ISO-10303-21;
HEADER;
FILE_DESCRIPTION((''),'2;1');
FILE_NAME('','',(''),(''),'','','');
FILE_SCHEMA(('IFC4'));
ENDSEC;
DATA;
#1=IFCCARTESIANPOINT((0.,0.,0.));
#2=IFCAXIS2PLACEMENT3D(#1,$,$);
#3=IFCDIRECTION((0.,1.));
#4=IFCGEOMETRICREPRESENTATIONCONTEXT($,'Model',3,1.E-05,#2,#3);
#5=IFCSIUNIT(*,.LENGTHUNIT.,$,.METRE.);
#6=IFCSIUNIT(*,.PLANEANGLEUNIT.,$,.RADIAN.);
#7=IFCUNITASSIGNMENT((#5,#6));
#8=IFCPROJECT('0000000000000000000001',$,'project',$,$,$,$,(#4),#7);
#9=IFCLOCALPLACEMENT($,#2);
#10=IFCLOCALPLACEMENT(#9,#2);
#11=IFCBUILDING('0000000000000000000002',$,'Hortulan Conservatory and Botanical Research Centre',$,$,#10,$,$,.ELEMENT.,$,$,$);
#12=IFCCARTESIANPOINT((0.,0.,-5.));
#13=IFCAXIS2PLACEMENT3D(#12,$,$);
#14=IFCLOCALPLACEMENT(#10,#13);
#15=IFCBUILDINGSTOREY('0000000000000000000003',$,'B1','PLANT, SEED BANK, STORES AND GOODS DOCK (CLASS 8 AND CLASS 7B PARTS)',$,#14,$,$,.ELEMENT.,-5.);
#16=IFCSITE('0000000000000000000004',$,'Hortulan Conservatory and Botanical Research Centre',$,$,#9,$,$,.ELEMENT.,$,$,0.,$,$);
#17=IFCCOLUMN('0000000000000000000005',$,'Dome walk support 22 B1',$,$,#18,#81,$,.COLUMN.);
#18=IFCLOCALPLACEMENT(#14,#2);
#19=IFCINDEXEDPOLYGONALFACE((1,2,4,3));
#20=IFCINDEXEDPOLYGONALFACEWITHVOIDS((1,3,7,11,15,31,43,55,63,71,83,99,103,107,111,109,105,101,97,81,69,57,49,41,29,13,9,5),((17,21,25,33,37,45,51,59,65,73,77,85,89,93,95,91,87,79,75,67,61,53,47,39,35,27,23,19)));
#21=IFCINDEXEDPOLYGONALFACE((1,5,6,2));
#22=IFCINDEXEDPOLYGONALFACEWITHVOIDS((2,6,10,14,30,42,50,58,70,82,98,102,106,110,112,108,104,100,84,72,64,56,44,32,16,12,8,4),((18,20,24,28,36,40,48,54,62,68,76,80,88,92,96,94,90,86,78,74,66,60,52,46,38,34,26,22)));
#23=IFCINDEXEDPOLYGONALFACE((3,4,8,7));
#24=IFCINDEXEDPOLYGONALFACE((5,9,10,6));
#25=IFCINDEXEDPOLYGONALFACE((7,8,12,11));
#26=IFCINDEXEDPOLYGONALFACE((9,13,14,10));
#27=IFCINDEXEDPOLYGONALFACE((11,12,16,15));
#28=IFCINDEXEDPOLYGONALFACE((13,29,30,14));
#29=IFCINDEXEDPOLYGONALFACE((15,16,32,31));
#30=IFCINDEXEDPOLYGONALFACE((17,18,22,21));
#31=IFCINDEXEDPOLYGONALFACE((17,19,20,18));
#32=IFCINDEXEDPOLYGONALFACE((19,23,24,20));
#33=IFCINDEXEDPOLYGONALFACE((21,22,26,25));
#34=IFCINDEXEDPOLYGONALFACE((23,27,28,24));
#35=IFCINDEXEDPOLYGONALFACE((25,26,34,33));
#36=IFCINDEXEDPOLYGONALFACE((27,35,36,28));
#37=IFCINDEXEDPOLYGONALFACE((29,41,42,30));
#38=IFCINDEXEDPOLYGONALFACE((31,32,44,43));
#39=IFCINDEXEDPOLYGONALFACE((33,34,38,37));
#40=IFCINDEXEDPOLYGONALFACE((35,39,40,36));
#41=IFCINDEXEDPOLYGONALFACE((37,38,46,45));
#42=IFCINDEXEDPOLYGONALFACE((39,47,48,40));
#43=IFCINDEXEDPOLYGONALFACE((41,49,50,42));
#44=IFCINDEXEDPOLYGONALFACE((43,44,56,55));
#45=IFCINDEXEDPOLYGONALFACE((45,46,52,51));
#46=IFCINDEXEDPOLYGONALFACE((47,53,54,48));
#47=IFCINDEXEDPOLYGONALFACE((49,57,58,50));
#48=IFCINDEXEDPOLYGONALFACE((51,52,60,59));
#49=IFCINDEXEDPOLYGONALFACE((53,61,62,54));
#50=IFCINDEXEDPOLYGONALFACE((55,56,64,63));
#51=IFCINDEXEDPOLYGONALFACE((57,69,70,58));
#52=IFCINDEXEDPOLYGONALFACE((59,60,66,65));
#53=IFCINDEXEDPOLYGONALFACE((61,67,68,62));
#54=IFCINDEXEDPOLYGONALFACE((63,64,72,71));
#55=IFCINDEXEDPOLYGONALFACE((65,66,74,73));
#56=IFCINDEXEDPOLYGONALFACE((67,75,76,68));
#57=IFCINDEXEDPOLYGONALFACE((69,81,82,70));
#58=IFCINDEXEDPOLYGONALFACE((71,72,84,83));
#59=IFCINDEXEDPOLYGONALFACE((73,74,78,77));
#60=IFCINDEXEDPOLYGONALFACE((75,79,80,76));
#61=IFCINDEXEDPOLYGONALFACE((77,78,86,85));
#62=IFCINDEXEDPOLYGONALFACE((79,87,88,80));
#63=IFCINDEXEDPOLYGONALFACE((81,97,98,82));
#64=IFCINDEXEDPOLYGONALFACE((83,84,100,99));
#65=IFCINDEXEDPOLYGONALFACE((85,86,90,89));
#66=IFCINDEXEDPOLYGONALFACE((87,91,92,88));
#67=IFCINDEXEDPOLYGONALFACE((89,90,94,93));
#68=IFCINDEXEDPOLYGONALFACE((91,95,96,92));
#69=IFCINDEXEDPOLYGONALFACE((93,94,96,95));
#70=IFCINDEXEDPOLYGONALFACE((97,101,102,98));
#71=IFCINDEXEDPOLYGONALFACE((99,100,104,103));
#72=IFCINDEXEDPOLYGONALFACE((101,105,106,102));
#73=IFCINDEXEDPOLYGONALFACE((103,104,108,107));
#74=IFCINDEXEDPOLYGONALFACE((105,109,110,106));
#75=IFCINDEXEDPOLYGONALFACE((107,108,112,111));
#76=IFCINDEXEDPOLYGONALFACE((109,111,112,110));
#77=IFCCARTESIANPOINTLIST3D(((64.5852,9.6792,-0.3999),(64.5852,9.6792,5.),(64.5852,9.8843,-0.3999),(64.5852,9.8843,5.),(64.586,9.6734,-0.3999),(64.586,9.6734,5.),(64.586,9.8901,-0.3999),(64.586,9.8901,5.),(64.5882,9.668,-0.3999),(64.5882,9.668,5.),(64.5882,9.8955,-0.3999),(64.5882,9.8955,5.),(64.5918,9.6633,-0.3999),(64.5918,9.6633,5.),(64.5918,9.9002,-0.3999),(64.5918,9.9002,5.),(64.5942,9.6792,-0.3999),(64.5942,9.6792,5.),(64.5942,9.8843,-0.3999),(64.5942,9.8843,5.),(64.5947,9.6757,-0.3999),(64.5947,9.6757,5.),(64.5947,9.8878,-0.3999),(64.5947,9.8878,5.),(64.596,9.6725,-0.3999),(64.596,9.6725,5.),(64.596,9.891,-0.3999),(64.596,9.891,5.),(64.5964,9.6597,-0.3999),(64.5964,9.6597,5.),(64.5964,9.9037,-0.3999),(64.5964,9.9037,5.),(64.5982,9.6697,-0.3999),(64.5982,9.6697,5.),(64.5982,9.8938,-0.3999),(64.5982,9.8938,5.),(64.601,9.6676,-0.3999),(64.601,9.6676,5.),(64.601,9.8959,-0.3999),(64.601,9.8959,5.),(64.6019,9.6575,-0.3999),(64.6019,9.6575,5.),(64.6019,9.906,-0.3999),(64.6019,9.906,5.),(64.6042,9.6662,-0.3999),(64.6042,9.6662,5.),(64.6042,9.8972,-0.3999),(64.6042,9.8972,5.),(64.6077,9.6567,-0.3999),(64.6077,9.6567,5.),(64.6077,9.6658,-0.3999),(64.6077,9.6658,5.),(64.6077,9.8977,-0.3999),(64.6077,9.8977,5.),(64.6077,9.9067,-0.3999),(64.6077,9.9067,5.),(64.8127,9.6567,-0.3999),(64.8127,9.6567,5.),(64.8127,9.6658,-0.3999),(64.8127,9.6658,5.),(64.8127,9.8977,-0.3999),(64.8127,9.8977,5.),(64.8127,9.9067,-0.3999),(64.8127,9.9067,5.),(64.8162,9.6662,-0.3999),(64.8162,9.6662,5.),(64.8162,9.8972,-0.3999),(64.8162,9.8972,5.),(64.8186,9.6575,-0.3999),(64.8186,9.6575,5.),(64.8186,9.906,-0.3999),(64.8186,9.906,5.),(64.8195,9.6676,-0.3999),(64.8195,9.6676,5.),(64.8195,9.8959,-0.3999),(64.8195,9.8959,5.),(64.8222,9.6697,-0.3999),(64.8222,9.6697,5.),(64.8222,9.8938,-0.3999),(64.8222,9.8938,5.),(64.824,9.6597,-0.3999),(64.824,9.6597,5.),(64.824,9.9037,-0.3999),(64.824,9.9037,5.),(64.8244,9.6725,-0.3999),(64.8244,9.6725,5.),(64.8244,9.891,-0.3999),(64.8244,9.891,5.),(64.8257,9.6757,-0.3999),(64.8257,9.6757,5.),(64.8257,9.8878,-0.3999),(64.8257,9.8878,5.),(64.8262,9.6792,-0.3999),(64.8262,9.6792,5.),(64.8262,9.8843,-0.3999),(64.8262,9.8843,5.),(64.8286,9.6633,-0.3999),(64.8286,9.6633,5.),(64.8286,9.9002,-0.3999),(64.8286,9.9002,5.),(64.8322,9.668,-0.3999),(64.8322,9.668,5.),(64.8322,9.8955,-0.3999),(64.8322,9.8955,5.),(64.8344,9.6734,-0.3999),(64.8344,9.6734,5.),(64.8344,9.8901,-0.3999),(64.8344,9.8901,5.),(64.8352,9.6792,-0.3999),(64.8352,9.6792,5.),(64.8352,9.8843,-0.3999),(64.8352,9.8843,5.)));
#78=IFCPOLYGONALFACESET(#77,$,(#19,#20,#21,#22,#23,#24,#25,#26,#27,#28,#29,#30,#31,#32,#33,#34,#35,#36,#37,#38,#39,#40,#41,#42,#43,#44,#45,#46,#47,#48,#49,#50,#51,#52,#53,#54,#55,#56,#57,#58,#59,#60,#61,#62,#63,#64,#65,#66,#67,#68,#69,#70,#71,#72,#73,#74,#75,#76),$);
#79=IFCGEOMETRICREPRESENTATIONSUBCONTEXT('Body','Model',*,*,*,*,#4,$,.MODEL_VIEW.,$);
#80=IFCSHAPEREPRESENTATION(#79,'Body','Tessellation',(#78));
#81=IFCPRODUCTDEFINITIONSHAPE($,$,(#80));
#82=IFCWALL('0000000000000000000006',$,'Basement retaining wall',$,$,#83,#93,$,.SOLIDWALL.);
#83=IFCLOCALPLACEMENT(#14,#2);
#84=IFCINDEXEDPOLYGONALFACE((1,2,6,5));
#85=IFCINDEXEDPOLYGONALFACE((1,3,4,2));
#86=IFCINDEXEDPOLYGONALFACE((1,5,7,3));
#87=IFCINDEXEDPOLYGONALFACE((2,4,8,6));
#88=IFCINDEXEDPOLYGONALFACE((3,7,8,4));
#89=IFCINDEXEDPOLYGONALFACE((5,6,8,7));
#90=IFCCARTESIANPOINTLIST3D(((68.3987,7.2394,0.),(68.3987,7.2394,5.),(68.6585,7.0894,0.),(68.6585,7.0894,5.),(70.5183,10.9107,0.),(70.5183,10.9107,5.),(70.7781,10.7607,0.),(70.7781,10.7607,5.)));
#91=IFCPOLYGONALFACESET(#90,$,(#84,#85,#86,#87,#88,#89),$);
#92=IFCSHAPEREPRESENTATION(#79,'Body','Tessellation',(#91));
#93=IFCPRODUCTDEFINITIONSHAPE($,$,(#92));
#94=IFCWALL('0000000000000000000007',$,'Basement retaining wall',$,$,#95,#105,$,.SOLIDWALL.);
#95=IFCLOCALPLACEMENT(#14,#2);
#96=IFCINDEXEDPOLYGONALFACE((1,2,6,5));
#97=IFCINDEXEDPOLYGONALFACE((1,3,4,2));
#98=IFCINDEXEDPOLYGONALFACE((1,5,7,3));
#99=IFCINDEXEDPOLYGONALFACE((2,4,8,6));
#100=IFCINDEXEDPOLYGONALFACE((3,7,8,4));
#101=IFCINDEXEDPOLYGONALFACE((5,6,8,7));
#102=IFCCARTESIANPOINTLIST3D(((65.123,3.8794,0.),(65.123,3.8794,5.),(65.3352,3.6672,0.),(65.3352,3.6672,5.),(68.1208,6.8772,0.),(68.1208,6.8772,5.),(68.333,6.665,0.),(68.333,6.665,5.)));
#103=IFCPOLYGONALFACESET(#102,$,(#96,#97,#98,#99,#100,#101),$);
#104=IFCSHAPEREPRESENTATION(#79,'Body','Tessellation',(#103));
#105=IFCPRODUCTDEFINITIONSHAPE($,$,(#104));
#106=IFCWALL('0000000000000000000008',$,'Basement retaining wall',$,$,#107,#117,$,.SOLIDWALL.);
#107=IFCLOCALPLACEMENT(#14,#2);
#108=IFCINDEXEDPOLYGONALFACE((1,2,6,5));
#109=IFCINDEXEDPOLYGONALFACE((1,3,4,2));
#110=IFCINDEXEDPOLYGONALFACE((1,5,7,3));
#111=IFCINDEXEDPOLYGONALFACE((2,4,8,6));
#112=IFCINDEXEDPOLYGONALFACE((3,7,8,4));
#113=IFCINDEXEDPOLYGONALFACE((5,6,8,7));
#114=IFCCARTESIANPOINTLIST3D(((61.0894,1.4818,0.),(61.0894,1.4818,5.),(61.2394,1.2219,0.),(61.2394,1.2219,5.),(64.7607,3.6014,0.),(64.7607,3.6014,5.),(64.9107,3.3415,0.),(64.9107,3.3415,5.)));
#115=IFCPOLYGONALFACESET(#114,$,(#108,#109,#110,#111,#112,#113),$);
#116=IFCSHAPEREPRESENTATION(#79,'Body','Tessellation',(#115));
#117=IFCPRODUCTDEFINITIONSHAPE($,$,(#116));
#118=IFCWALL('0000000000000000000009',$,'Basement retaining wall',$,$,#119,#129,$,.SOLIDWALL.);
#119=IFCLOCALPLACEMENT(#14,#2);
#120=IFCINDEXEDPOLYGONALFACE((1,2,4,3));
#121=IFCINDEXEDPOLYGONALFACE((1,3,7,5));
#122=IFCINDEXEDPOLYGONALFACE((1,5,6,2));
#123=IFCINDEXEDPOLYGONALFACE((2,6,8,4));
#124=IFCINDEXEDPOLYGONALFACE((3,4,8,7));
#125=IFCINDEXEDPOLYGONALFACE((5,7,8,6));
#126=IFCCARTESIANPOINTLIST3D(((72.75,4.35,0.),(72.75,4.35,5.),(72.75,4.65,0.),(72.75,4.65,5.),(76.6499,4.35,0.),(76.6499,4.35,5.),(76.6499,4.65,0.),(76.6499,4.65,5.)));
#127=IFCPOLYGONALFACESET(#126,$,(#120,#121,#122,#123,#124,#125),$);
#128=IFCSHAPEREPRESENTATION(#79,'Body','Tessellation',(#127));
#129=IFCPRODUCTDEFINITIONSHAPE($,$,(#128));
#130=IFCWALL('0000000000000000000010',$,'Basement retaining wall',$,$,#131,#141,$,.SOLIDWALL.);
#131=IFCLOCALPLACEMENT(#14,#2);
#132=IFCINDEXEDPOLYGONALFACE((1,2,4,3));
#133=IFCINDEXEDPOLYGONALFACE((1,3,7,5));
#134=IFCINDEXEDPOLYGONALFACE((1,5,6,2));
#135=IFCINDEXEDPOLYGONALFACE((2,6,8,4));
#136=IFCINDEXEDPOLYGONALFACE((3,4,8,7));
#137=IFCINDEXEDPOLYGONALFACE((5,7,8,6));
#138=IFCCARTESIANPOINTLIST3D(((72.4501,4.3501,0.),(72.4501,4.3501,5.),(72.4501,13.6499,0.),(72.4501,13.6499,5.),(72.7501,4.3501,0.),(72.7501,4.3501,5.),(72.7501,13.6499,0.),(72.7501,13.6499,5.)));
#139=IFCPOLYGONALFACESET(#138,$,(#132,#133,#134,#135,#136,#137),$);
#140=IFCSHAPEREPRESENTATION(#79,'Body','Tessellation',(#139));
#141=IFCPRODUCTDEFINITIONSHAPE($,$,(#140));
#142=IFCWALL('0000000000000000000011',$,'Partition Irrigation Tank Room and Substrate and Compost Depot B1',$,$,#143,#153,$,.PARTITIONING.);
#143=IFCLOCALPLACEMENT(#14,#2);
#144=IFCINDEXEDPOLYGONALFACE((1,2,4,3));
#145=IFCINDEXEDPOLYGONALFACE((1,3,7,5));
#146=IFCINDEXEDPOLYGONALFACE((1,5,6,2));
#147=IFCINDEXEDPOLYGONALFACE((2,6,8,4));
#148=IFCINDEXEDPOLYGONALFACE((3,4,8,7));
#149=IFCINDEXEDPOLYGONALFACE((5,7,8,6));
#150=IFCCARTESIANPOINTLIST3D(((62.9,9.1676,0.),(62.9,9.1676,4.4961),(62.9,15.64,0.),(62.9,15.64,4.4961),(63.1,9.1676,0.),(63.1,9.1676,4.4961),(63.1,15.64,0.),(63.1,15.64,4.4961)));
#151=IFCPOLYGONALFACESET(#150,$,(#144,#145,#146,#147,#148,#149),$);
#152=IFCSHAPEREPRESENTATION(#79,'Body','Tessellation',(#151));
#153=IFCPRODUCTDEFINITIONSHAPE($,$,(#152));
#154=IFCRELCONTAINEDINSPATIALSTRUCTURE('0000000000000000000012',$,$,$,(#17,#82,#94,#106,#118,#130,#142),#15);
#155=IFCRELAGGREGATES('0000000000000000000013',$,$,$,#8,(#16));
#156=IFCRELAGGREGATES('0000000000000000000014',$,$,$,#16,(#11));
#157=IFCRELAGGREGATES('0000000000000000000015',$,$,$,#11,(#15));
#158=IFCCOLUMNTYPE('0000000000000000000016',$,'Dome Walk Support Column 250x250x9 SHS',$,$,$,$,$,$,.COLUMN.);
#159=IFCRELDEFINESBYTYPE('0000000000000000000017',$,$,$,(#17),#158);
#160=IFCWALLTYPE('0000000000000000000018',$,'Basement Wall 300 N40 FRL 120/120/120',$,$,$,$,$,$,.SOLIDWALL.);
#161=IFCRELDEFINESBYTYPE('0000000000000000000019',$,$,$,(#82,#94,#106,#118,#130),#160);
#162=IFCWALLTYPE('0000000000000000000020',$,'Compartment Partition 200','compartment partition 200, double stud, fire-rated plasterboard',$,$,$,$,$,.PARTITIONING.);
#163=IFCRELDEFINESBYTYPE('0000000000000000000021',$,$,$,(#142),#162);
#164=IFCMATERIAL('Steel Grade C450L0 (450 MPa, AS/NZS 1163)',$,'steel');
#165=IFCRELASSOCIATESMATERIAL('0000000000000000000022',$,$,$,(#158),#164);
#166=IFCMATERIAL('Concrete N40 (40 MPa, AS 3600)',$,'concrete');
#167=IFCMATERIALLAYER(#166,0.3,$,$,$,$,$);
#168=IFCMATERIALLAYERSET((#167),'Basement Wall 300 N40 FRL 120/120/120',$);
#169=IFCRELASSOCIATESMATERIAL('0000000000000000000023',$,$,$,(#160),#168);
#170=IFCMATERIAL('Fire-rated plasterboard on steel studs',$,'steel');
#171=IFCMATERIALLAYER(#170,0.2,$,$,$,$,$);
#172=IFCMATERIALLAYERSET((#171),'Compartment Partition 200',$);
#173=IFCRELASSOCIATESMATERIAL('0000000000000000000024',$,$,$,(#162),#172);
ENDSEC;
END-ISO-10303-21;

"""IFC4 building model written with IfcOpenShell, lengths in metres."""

from ifc_helpers import new_model, si_unit, direction, frame, frame_2d, origin, origin_2d, place, context, subcontext, project, spatial, rectangle, hollow_rectangle, extrude, material, layer, layer_set, material_profile, profile_set, type_object, element, save


model = new_model("IFC4")

# Units and contexts
model_context = context("Model", 3, precision=1e-05, world=origin(), true_north=direction((0.0, 1.0)))
body_context = subcontext(model_context, "Body", "Model", "MODEL_VIEW")
ifc_project = project(units=[si_unit("LENGTHUNIT", "METRE"), si_unit("PLANEANGLEUNIT", "RADIAN")], contexts=[model_context])

# Site, building, storey
site_placement = place(None, origin())
site = spatial("IfcSite", under=ifc_project, at=site_placement, Name="Hortulan Conservatory and Botanical Research Centre", CompositionType="ELEMENT", RefElevation=0.0)
building_placement = place(site_placement, origin())
building = spatial("IfcBuilding", under=site, at=building_placement, Name="Hortulan Conservatory and Botanical Research Centre", CompositionType="ELEMENT")
storey_placement = place(building_placement, frame((0.0, 0.0, -5.0)))
storey = spatial("IfcBuildingStorey", under=building, at=storey_placement, Name="B1", Description="PLANT, SEED BANK, STORES AND GOODS DOCK (CLASS 8 AND CLASS 7B PARTS)", CompositionType="ELEMENT", Elevation=-5.0)

# Shared definitions
ifc_material_1 = material(Name="Concrete N40 (40 MPa, AS 3600)", Category="concrete")

# Column
ifc_material_2 = material(Name="Steel Grade C450L0 (450 MPa, AS/NZS 1163)", Category="steel")
ifc_material_profile_1 = material_profile(ifc_material_2, hollow_rectangle(XDim=0.25, YDim=0.25, WallThickness=0.009, InnerFilletRadius=0.0134, OuterFilletRadius=0.0225, at=origin_2d()), Name="250x250x9SHS")
ifc_profile_set_1 = profile_set([ifc_material_profile_1], Name="Steel Grade C450L0 (450 MPa, AS/NZS 1163)")
column_type_1 = type_object("IfcColumnType", Name="Dome Walk Support Column 250x250x9 SHS", PredefinedType="COLUMN", material=ifc_profile_set_1)
column_1_placement = place(storey_placement, frame((64.7102, 9.7817, -0.3999), z_axis=(0.0, 0.0, 1.0), x_axis=(1.0, 0.0, 0.0)))
element("IfcColumn", 1, at=column_1_placement, inside=storey, type_object=column_type_1, Name="Dome walk support 22 B1", PredefinedType="COLUMN", context=body_context, shape_type="SweptSolid", body=[
    extrude(hollow_rectangle(XDim=0.25, YDim=0.25, WallThickness=0.009, InnerFilletRadius=0.0134, OuterFilletRadius=0.0225, at=origin_2d()), origin(), (0.0, 0.0, 1.0), 5.3999),
])

# Walls
ifc_layer_1 = layer(ifc_material_1, 0.3)
ifc_layer_set_1 = layer_set([ifc_layer_1], Name="Basement Wall 300 N40 FRL 120/120/120")
wall_type_1 = type_object("IfcWallType", Name="Basement Wall 300 N40 FRL 120/120/120", PredefinedType="SOLIDWALL", material=ifc_layer_set_1)
wall_1_placement = place(storey_placement, frame((70.6482, 10.8357, 0.0), z_axis=(0.0, 0.0, 1.0), x_axis=(-0.499992, -0.86603, 0.0)))
element("IfcWall", 2, at=wall_1_placement, inside=storey, type_object=wall_type_1, Name="Basement retaining wall", PredefinedType="SOLIDWALL", context=body_context, shape_type="SweptSolid", body=[
    extrude(rectangle(XDim=4.2393, YDim=0.3, at=frame_2d((2.1196, 0.0))), origin(), (0.0, 0.0, 1.0), 5.0),
])
wall_2_placement = place(storey_placement, frame((68.2268, 6.771, 0.0), z_axis=(0.0, 0.0, 1.0), x_axis=(-0.707107, -0.707107, 0.0)))
element("IfcWall", 3, at=wall_2_placement, inside=storey, type_object=wall_type_1, Name="Basement retaining wall", PredefinedType="SOLIDWALL", context=body_context, shape_type="SweptSolid", body=[
    extrude(rectangle(XDim=4.2395, YDim=0.3, at=frame_2d((2.1196, 0.0))), origin(), (0.0, 0.0, 1.0), 5.0),
])
wall_3_placement = place(storey_placement, frame((64.8357, 3.4714, 0.0), z_axis=(0.0, 0.0, 1.0), x_axis=(-0.86603, -0.499992, 0.0)))
element("IfcWall", 4, at=wall_3_placement, inside=storey, type_object=wall_type_1, Name="Basement retaining wall", PredefinedType="SOLIDWALL", context=body_context, shape_type="SweptSolid", body=[
    extrude(rectangle(XDim=4.2393, YDim=0.3, at=frame_2d((2.1196, 0.0))), origin(), (0.0, 0.0, 1.0), 5.0),
])
wall_4_placement = place(storey_placement, frame((76.6499, 4.5, 0.0), z_axis=(0.0, 0.0, 1.0), x_axis=(-1.0, 0.0, 0.0)))
element("IfcWall", 5, at=wall_4_placement, inside=storey, type_object=wall_type_1, Name="Basement retaining wall", PredefinedType="SOLIDWALL", context=body_context, shape_type="SweptSolid", body=[
    extrude(rectangle(XDim=3.8999, YDim=0.3, at=frame_2d((1.95, 0.0))), origin(), (0.0, 0.0, 1.0), 5.0),
])
wall_5_placement = place(storey_placement, frame((72.6001, 4.3501, 0.0), z_axis=(0.0, 0.0, 1.0), x_axis=(0.0, 1.0, 0.0)))
element("IfcWall", 6, at=wall_5_placement, inside=storey, type_object=wall_type_1, Name="Basement retaining wall", PredefinedType="SOLIDWALL", context=body_context, shape_type="SweptSolid", body=[
    extrude(rectangle(XDim=9.2998, YDim=0.3, at=frame_2d((4.6499, 0.0))), origin(), (0.0, 0.0, 1.0), 5.0),
])
ifc_material_3 = material(Name="Fire-rated plasterboard on steel studs", Category="steel")
ifc_layer_2 = layer(ifc_material_3, 0.2)
ifc_layer_set_2 = layer_set([ifc_layer_2], Name="Compartment Partition 200")
wall_type_2 = type_object("IfcWallType", Name="Compartment Partition 200", Description="compartment partition 200, double stud, fire-rated plasterboard", PredefinedType="PARTITIONING", material=ifc_layer_set_2)
wall_6_placement = place(storey_placement, frame((63.0, 9.1675, 0.0), z_axis=(0.0, 0.0, 1.0), x_axis=(0.0, 1.0, 0.0)))
element("IfcWall", 7, at=wall_6_placement, inside=storey, type_object=wall_type_2, Name="Partition Irrigation Tank Room and Substrate and Compost Depot B1", PredefinedType="PARTITIONING", context=body_context, shape_type="SweptSolid", body=[
    extrude(rectangle(XDim=6.4724, YDim=0.2, at=frame_2d((3.2363, 0.0))), origin(), (0.0, 0.0, 1.0), 4.4961),
])

save(model, "model.ifc")
